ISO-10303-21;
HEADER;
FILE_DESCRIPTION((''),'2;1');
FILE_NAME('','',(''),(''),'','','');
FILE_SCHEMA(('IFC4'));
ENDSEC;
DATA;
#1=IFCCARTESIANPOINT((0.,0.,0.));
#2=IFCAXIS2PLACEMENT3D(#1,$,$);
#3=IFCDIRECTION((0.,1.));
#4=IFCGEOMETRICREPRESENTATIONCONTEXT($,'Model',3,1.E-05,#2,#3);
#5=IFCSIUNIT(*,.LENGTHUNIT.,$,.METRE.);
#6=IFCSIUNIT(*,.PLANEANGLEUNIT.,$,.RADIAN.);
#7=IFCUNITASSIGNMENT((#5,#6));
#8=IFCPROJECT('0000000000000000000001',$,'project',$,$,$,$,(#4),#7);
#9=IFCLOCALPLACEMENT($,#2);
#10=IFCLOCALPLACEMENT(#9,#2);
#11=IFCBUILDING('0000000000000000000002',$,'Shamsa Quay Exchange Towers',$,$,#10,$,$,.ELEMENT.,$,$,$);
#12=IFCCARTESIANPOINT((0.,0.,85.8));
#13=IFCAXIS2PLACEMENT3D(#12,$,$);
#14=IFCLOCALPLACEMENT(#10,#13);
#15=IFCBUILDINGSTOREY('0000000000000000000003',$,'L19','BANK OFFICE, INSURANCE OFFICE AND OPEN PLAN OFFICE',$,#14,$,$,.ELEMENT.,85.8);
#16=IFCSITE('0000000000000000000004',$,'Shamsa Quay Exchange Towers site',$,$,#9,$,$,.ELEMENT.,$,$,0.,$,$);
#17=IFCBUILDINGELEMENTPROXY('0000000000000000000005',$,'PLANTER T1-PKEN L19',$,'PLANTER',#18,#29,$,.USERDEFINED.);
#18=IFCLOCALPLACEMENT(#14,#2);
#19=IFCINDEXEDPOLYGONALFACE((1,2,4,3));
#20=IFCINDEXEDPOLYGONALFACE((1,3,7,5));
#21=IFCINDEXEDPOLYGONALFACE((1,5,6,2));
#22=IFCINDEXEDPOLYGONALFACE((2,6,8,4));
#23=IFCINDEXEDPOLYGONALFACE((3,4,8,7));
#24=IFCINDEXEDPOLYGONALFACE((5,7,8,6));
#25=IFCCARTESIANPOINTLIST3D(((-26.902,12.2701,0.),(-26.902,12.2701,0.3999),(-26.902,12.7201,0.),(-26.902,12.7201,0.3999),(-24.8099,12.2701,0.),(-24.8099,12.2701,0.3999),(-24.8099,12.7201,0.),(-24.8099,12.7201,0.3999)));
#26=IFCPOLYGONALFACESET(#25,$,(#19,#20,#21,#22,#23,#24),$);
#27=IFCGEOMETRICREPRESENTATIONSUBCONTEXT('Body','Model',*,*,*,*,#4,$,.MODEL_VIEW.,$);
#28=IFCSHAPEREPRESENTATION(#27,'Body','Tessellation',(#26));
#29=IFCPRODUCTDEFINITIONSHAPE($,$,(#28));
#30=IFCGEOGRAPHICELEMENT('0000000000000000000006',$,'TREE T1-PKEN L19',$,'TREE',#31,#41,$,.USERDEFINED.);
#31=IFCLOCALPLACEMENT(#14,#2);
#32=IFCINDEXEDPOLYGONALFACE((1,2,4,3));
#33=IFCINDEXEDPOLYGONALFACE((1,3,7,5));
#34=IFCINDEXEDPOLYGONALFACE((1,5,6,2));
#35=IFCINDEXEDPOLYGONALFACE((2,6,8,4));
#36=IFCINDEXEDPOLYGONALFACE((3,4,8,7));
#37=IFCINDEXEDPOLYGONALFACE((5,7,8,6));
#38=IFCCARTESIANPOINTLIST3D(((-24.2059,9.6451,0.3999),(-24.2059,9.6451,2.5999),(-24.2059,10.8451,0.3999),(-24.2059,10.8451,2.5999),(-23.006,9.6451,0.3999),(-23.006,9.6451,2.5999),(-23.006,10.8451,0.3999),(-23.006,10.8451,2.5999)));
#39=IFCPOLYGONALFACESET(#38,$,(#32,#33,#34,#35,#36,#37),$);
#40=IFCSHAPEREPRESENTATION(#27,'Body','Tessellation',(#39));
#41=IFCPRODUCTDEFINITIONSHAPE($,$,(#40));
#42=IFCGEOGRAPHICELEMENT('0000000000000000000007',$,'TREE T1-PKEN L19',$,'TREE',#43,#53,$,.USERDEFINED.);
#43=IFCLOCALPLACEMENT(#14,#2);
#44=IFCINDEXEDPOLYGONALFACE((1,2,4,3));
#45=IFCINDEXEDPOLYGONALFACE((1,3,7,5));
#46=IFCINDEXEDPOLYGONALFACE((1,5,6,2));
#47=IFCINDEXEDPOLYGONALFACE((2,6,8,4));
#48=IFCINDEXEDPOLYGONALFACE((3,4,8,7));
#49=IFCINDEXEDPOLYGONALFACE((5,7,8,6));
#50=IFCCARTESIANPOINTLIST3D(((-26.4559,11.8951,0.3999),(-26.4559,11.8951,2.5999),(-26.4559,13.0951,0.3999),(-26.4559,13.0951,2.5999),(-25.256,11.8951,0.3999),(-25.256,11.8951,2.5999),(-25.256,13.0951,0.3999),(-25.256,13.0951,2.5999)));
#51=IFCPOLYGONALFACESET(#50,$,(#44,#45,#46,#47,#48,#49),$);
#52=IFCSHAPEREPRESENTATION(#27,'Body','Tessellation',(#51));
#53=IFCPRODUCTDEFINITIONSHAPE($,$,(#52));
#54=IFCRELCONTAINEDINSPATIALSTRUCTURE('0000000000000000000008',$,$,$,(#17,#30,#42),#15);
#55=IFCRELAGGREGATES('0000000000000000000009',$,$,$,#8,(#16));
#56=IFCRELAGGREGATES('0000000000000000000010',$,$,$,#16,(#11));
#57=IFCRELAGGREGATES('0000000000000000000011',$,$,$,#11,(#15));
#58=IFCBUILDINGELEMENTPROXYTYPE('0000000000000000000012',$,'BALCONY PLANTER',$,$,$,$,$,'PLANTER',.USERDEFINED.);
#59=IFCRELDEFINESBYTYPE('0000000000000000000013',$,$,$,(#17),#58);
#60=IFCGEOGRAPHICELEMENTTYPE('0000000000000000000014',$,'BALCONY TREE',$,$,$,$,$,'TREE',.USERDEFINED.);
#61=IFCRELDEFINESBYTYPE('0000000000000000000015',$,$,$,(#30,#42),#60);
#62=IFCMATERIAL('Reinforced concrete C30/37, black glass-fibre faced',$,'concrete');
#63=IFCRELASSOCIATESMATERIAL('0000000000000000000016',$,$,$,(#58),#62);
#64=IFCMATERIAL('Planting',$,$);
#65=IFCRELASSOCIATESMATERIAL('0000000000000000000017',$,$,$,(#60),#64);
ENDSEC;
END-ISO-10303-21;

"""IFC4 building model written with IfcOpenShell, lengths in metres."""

from ifc_helpers import new_model, si_unit, direction, frame, origin, origin_2d, place, context, subcontext, project, spatial, rectangle, extrude, material, type_object, element, save


model = new_model("IFC4")

# Units and contexts
model_context = context("Model", 3, precision=1e-05, world=origin(), true_north=direction((0.0, 1.0)))
body_context = subcontext(model_context, "Body", "Model", "MODEL_VIEW")
ifc_project = project(units=[si_unit("LENGTHUNIT", "METRE"), si_unit("PLANEANGLEUNIT", "RADIAN")], contexts=[model_context])

# Site, building, storey
site_placement = place(None, origin())
site = spatial("IfcSite", under=ifc_project, at=site_placement, Name="Shamsa Quay Exchange Towers site", CompositionType="ELEMENT", RefElevation=0.0)
building_placement = place(site_placement, origin())
building = spatial("IfcBuilding", under=site, at=building_placement, Name="Shamsa Quay Exchange Towers", CompositionType="ELEMENT")
storey_placement = place(building_placement, frame((0.0, 0.0, 85.8)))
storey = spatial("IfcBuildingStorey", under=building, at=storey_placement, Name="L19", Description="BANK OFFICE, INSURANCE OFFICE AND OPEN PLAN OFFICE", CompositionType="ELEMENT", Elevation=85.8)

# Building element proxy
ifc_material_1 = material(Name="Reinforced concrete C30/37, black glass-fibre faced", Category="concrete")
building_element_proxy_type = type_object("IfcBuildingElementProxyType", Name="BALCONY PLANTER", ElementType="PLANTER", PredefinedType="USERDEFINED", material=ifc_material_1)
for number, where, z_axis, x_axis, name in (
    (1, (-25.856, 12.4951, 0.0), (0.0, 0.0, 1.0), (-1.0, 0.0, 0.0), "PLANTER T1-PKEN L19"),
):
    element("IfcBuildingElementProxy", number, at=place(storey_placement, frame(where, z_axis=z_axis, x_axis=x_axis)), inside=storey, type_object=building_element_proxy_type, Name=name, ObjectType="PLANTER", PredefinedType="USERDEFINED", context=body_context, shape_type="SweptSolid", body=[
        extrude(rectangle(XDim=2.092, YDim=0.45, at=origin_2d()), origin(), (0.0, 0.0, 1.0), 0.3999),
    ])

# Geographic elements
ifc_material_2 = material(Name="Planting")
geographic_element_type = type_object("IfcGeographicElementType", Name="BALCONY TREE", ElementType="TREE", PredefinedType="USERDEFINED", material=ifc_material_2)
for number, where, z_axis, x_axis, name in (
    (2, (-23.606, 10.2451, 0.3999), (0.0, 0.0, 1.0), (-1.0, 0.0, 0.0), "TREE T1-PKEN L19"),
    (3, (-25.856, 12.4951, 0.3999), (0.0, 0.0, 1.0), (-1.0, 0.0, 0.0), "TREE T1-PKEN L19"),
):
    element("IfcGeographicElement", number, at=place(storey_placement, frame(where, z_axis=z_axis, x_axis=x_axis)), inside=storey, type_object=geographic_element_type, Name=name, ObjectType="TREE", PredefinedType="USERDEFINED", context=body_context, shape_type="SweptSolid", body=[
        extrude(rectangle(XDim=1.2, YDim=1.2, at=origin_2d()), origin(), (0.0, 0.0, 1.0), 2.2),
    ])

save(model, "model.ifc")
